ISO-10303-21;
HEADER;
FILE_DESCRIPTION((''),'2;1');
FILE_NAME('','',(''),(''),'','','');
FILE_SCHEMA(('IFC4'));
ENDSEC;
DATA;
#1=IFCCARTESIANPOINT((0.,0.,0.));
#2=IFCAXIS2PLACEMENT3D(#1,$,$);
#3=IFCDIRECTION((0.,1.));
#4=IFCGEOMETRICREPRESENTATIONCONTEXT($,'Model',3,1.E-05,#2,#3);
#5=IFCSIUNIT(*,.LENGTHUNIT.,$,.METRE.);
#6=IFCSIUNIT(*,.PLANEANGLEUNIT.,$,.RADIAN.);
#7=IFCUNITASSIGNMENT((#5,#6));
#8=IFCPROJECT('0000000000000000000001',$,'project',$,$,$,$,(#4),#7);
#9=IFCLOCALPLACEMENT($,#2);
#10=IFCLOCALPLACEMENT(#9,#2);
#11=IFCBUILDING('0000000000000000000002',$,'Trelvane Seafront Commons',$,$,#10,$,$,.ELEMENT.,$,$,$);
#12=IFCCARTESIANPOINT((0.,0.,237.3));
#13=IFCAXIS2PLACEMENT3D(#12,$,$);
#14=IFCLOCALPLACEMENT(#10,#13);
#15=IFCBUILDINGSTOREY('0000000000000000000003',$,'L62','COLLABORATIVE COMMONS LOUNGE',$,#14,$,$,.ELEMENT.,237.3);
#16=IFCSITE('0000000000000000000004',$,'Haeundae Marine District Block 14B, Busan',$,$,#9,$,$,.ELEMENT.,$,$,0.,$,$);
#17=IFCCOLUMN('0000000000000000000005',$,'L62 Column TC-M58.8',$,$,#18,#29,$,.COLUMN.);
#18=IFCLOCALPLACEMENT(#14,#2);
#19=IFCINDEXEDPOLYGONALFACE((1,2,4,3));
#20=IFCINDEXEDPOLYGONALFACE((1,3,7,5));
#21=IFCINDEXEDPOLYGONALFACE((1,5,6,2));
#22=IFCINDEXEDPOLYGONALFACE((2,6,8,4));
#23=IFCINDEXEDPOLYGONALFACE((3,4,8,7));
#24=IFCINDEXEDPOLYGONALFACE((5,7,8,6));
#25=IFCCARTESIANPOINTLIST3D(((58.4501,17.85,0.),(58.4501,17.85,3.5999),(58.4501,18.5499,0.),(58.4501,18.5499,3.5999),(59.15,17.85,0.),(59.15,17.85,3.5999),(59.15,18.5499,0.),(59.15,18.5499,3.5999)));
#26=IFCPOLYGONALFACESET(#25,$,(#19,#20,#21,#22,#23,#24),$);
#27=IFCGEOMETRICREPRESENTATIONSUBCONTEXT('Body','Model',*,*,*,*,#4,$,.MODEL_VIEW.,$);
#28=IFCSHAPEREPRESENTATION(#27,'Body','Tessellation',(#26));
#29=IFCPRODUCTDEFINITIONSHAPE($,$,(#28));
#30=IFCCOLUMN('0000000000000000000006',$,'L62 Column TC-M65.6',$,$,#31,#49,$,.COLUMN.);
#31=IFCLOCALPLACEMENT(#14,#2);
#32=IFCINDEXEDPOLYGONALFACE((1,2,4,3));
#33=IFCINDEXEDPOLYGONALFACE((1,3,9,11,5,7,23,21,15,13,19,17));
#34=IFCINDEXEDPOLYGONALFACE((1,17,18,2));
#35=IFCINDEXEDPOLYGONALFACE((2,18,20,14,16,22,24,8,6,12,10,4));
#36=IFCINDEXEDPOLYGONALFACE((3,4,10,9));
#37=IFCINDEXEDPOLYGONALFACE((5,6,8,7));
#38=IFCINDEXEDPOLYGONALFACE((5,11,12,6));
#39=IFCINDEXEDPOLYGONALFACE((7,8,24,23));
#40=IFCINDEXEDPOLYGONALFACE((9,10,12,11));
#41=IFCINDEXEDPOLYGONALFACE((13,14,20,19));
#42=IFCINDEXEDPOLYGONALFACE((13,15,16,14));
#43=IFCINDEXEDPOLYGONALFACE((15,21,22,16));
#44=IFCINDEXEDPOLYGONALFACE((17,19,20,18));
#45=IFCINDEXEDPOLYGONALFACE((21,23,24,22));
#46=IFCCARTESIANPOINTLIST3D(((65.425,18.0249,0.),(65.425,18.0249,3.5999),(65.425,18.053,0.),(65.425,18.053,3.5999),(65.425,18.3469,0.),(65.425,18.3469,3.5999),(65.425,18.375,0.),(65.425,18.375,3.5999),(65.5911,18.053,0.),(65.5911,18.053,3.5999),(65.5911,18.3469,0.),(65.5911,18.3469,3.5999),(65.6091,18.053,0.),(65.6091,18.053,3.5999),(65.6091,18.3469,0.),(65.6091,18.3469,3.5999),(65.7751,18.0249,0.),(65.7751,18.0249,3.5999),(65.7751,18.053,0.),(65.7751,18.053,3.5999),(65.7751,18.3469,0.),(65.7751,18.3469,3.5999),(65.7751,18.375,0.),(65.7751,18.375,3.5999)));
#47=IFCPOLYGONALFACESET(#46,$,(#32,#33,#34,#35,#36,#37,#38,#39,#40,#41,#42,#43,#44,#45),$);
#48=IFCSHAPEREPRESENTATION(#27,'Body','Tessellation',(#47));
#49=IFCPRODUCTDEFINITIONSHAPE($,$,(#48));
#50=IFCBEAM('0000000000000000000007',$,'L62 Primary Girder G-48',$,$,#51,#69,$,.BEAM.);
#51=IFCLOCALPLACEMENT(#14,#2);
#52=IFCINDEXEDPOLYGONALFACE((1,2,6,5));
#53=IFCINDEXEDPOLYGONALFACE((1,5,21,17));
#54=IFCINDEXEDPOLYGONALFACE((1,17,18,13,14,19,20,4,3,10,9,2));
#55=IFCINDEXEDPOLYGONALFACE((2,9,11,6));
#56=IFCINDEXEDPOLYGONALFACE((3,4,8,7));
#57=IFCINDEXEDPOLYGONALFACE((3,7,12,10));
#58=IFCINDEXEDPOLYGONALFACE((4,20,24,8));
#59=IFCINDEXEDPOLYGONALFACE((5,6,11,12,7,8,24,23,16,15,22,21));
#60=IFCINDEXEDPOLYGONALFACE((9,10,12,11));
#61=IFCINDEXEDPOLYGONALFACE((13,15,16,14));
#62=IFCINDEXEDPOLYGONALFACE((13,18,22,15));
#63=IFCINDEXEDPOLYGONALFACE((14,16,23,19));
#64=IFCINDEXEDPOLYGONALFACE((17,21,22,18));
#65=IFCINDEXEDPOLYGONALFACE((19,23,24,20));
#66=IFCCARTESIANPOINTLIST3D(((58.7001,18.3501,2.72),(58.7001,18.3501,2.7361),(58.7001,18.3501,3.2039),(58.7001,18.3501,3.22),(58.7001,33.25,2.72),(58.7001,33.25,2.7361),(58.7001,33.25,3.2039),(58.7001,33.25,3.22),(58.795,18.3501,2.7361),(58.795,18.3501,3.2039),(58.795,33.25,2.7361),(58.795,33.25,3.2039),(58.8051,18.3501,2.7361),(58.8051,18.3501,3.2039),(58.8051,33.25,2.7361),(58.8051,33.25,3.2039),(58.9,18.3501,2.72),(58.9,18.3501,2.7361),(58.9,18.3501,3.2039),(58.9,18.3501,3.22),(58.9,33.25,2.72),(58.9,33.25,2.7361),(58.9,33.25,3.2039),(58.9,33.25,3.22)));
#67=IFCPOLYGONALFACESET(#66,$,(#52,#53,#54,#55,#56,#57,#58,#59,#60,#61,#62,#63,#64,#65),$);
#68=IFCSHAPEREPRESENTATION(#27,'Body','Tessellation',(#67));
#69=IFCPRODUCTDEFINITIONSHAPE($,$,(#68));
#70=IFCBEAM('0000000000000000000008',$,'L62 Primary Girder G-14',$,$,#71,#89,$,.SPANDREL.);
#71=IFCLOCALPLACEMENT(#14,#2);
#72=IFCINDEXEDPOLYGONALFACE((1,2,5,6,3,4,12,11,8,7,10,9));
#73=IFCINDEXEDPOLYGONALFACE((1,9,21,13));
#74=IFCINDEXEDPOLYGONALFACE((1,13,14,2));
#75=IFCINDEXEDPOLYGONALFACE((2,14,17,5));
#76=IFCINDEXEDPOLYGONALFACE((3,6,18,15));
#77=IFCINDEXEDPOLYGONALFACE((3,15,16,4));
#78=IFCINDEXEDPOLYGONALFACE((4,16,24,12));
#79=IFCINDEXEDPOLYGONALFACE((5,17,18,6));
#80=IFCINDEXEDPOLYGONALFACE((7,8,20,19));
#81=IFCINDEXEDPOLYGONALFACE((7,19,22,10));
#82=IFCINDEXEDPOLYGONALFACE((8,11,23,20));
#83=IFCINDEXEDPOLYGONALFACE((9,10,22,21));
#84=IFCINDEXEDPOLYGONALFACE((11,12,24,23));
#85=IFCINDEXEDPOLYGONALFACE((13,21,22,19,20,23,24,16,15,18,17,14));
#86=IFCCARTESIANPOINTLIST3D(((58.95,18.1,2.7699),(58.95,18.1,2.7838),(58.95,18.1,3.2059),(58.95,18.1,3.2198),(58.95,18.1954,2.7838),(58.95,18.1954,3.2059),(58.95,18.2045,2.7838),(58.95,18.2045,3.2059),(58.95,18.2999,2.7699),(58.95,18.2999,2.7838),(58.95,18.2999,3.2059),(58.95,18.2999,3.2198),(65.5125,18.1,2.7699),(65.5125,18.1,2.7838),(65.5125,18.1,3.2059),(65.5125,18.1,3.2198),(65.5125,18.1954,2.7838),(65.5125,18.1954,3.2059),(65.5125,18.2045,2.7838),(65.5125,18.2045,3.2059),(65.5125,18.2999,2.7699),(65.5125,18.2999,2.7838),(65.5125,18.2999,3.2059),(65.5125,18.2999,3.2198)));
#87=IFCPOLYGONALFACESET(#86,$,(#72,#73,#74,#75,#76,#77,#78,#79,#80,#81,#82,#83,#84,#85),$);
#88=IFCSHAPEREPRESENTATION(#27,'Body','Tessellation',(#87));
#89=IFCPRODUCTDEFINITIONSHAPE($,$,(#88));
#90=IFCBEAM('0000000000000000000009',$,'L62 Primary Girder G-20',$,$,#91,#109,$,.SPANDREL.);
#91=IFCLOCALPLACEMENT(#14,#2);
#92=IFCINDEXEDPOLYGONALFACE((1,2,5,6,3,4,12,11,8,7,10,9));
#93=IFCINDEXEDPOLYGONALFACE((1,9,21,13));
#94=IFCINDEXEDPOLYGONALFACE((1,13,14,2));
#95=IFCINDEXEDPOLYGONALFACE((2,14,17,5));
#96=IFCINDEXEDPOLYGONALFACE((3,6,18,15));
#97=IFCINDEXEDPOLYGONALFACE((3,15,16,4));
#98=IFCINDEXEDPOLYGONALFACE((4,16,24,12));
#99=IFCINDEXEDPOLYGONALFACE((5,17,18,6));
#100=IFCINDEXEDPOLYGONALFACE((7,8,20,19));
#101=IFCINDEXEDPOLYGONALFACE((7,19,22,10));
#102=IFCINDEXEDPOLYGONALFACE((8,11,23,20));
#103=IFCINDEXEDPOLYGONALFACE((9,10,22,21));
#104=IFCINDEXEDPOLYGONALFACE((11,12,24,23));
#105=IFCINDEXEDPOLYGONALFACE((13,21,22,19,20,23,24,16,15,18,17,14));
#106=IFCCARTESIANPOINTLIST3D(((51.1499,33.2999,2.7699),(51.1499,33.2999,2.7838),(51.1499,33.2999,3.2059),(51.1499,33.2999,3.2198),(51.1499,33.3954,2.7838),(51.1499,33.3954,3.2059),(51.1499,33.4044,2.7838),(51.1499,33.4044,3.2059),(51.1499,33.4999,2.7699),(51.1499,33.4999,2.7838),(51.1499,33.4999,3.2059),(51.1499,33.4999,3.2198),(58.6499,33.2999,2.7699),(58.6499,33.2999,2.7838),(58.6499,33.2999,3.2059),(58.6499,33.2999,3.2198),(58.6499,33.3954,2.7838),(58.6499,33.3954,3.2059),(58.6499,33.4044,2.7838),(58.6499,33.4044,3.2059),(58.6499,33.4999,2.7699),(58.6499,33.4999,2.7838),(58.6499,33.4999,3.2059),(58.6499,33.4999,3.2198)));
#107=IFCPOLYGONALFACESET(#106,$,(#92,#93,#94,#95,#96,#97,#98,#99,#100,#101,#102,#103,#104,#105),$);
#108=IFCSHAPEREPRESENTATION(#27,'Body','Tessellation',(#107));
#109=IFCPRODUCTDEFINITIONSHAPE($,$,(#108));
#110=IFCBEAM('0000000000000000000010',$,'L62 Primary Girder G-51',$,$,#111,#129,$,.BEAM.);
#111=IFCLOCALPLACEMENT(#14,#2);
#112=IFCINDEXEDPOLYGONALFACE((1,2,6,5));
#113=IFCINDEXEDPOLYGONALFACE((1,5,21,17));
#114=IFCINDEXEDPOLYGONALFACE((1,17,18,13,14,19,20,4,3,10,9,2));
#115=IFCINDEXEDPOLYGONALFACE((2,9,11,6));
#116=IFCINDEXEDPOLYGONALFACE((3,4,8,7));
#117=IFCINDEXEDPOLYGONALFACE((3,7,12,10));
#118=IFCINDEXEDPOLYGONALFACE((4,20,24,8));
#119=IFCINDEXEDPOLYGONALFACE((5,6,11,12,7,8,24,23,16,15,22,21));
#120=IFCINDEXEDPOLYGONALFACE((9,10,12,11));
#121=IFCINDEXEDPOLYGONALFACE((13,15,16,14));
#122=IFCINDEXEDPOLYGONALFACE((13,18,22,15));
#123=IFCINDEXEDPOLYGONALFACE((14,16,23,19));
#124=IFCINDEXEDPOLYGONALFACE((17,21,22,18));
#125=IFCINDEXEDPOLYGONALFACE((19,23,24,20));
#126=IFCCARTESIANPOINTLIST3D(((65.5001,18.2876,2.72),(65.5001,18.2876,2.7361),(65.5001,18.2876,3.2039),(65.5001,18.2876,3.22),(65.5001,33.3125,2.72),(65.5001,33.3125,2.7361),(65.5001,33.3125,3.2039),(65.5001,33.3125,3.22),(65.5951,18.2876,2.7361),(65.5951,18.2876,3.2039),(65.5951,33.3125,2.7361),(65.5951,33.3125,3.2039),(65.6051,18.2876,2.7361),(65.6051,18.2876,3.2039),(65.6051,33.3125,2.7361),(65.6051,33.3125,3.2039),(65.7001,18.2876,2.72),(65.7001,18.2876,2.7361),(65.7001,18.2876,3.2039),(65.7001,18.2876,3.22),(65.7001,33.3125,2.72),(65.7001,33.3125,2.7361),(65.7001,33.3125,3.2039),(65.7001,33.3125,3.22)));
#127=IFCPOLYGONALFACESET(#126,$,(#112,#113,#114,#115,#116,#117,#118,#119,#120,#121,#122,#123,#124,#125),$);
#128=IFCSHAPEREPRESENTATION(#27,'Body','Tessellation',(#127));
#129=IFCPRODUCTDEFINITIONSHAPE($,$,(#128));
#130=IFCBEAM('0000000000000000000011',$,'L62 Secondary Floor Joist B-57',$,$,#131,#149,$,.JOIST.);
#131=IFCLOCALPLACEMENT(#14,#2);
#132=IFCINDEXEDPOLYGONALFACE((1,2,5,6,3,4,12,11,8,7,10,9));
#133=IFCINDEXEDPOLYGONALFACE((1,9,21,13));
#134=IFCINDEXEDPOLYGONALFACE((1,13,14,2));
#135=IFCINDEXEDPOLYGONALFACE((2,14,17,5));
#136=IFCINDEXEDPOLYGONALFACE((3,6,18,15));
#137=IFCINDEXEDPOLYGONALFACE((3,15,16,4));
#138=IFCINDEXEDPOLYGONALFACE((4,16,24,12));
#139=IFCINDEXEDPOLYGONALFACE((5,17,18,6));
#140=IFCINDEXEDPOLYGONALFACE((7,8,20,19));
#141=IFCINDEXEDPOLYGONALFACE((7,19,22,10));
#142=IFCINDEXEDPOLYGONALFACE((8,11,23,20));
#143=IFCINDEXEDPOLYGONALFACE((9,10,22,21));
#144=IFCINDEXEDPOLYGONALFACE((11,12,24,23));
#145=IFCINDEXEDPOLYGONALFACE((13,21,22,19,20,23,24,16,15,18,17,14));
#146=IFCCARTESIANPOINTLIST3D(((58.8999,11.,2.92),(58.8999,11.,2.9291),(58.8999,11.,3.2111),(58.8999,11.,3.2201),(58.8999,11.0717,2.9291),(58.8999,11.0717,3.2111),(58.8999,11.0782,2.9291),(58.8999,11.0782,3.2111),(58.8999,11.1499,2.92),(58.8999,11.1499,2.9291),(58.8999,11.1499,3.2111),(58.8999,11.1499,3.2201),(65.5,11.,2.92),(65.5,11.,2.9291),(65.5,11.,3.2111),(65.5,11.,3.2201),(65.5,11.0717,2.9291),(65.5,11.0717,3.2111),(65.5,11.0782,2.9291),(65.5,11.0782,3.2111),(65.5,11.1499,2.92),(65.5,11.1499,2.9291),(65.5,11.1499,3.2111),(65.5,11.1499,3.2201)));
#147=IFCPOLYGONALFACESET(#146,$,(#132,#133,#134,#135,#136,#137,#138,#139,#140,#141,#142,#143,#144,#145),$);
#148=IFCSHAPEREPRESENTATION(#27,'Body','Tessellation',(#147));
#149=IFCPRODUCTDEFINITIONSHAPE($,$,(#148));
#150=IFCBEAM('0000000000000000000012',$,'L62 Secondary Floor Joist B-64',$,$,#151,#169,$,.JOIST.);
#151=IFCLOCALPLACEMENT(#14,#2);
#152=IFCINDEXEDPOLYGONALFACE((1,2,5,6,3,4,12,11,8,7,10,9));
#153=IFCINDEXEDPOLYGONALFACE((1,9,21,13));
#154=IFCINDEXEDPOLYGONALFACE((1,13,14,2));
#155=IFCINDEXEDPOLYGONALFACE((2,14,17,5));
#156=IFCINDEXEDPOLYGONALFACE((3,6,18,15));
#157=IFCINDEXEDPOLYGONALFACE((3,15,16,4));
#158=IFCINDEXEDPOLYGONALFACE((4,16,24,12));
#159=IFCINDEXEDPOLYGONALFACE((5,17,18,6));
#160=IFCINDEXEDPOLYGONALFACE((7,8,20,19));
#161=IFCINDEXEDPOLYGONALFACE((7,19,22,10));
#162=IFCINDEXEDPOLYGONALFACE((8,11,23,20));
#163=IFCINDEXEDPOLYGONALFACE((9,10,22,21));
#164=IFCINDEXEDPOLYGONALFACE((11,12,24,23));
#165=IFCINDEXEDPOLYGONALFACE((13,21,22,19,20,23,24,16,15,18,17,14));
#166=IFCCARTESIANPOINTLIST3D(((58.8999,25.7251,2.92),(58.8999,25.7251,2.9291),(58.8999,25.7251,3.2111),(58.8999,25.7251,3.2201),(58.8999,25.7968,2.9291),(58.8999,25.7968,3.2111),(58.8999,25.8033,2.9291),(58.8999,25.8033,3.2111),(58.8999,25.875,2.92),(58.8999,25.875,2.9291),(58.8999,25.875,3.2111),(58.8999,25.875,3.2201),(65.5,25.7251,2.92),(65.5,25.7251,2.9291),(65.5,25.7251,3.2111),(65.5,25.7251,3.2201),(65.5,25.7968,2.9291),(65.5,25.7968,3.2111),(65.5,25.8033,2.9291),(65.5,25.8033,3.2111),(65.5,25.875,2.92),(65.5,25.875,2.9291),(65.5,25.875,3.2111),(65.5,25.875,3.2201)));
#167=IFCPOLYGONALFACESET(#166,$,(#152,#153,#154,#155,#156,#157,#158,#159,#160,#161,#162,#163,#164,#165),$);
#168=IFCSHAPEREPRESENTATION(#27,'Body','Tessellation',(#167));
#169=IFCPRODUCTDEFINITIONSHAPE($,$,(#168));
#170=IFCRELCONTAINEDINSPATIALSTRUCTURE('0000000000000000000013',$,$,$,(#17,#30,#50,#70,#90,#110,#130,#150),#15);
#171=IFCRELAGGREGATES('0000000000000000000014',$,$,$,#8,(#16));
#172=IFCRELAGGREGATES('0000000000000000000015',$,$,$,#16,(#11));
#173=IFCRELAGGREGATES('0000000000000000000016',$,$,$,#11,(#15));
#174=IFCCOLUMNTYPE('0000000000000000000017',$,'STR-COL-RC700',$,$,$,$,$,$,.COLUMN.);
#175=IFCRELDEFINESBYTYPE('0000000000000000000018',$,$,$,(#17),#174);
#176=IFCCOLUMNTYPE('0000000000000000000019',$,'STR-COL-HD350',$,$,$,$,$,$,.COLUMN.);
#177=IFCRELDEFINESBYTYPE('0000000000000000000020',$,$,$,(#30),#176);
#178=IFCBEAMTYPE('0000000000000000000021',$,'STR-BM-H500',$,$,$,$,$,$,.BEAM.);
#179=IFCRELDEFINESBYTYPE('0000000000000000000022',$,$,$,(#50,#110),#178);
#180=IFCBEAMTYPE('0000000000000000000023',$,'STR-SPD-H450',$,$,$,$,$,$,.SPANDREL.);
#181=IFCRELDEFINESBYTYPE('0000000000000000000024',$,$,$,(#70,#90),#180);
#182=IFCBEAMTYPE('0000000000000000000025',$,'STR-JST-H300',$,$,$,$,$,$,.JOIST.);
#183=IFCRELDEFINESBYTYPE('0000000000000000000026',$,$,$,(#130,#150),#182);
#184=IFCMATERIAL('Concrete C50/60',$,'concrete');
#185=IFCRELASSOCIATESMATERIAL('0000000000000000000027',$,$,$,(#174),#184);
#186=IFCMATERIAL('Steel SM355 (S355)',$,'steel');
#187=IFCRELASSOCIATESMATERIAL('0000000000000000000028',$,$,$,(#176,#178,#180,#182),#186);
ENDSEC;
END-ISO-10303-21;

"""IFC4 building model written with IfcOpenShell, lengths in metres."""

from ifc_helpers import new_model, si_unit, direction, frame, origin, origin_2d, place, context, subcontext, project, spatial, rectangle, i_section, extrude, source, transform, mapped, material, material_profile, profile_set, type_object, element, save


model = new_model("IFC4")

# Units and contexts
model_context = context("Model", 3, precision=1e-05, world=origin(), true_north=direction((0.0, 1.0)))
body_context = subcontext(model_context, "Body", "Model", "MODEL_VIEW")
ifc_project = project(units=[si_unit("LENGTHUNIT", "METRE"), si_unit("PLANEANGLEUNIT", "RADIAN")], contexts=[model_context])

# Site, building, storey
site_placement = place(None, origin())
site = spatial("IfcSite", under=ifc_project, at=site_placement, Name="Haeundae Marine District Block 14B, Busan", CompositionType="ELEMENT", RefElevation=0.0)
building_placement = place(site_placement, origin())
building = spatial("IfcBuilding", under=site, at=building_placement, Name="Trelvane Seafront Commons", CompositionType="ELEMENT")
storey_placement = place(building_placement, frame((0.0, 0.0, 237.3)))
storey = spatial("IfcBuildingStorey", under=building, at=storey_placement, Name="L62", Description="COLLABORATIVE COMMONS LOUNGE", CompositionType="ELEMENT", Elevation=237.3)

# Columns
ifc_material_1 = material(Name="Concrete C50/60", Category="concrete")
ifc_material_profile_1 = material_profile(ifc_material_1, rectangle(XDim=0.7, YDim=0.7, at=origin_2d()), Name="RC-700x700")
ifc_profile_set_1 = profile_set([ifc_material_profile_1], Name="Concrete C50/60")
column_type_1 = type_object("IfcColumnType", Name="STR-COL-RC700", PredefinedType="COLUMN", material=ifc_profile_set_1)
shared_shape_1 = source(origin(), body_context, "Body", "SweptSolid", [
    extrude(rectangle(XDim=0.7, YDim=0.7, at=origin_2d()), origin(), (0.0, 0.0, 1.0), 3.5999),
])
column_1_placement = place(storey_placement, frame((58.8, 18.2, 0.0), z_axis=(0.0, 0.0, 1.0), x_axis=(1.0, 0.0, 0.0)))
element("IfcColumn", 1, at=column_1_placement, inside=storey, type_object=column_type_1, Name="L62 Column TC-M58.8", PredefinedType="COLUMN", context=body_context, shape_type="MappedRepresentation", body=[
    mapped(shared_shape_1, transform((0.0, 0.0, 0.0), x_axis=(1.0, 0.0, 0.0), y_axis=(0.0, 1.0, 0.0), z_axis=(0.0, 0.0, 1.0), scale=1.0)),
])
ifc_material_2 = material(Name="Steel SM355 (S355)", Category="steel")
ifc_material_profile_2 = material_profile(ifc_material_2, i_section(OverallWidth=0.3501, OverallDepth=0.3501, WebThickness=0.0181, FlangeThickness=0.0281, at=origin_2d()), Name="HD-350x350x18x28")
ifc_profile_set_2 = profile_set([ifc_material_profile_2], Name="Steel SM355 (S355)")
column_type_2 = type_object("IfcColumnType", Name="STR-COL-HD350", PredefinedType="COLUMN", material=ifc_profile_set_2)
shared_shape_2 = source(origin(), body_context, "Body", "SweptSolid", [
    extrude(i_section(OverallWidth=0.3501, OverallDepth=0.3501, WebThickness=0.0181, FlangeThickness=0.0281, at=origin_2d()), origin(), (0.0, 0.0, 1.0), 3.5999),
])
column_2_placement = place(storey_placement, frame((65.6001, 18.2, 0.0), z_axis=(0.0, 0.0, 1.0), x_axis=(1.0, 0.0, 0.0)))
element("IfcColumn", 2, at=column_2_placement, inside=storey, type_object=column_type_2, Name="L62 Column TC-M65.6", PredefinedType="COLUMN", context=body_context, shape_type="MappedRepresentation", body=[
    mapped(shared_shape_2, transform((0.0, 0.0, 0.0), x_axis=(1.0, 0.0, 0.0), y_axis=(0.0, 1.0, 0.0), z_axis=(0.0, 0.0, 1.0), scale=1.0)),
])

# Beams
ifc_material_profile_3 = material_profile(ifc_material_2, i_section(OverallWidth=0.2, OverallDepth=0.5, WebThickness=0.01, FlangeThickness=0.0161, at=origin_2d()), Name="H-500x200x10x16")
ifc_profile_set_3 = profile_set([ifc_material_profile_3], Name="Steel SM355 (S355)")
beam_type_1 = type_object("IfcBeamType", Name="STR-BM-H500", PredefinedType="BEAM", material=ifc_profile_set_3)
shared_shape_3 = source(origin(), body_context, "Body", "SweptSolid", [
    extrude(i_section(OverallWidth=0.2, OverallDepth=0.5, WebThickness=0.01, FlangeThickness=0.0161, at=origin_2d()), origin(), (0.0, 0.0, 1.0), 14.8999),
])
beam_1_placement = place(storey_placement, frame((58.8, 18.3501, 2.97), z_axis=(0.0, 1.0, 0.0), x_axis=(-1.0, 0.0, 0.0)))
element("IfcBeam", 3, at=beam_1_placement, inside=storey, type_object=beam_type_1, Name="L62 Primary Girder G-48", PredefinedType="BEAM", context=body_context, shape_type="MappedRepresentation", body=[
    mapped(shared_shape_3, transform((0.0, 0.0, 0.0), x_axis=(1.0, 0.0, 0.0), y_axis=(0.0, 1.0, 0.0), z_axis=(0.0, 0.0, 1.0), scale=1.0)),
])
ifc_material_profile_4 = material_profile(ifc_material_2, i_section(OverallWidth=0.2, OverallDepth=0.45, WebThickness=0.009, FlangeThickness=0.0139, at=origin_2d()), Name="H-450x200x9x14")
ifc_profile_set_4 = profile_set([ifc_material_profile_4], Name="Steel SM355 (S355)")
beam_type_2 = type_object("IfcBeamType", Name="STR-SPD-H450", PredefinedType="SPANDREL", material=ifc_profile_set_4)
shared_shape_4 = source(origin(), body_context, "Body", "SweptSolid", [
    extrude(i_section(OverallWidth=0.2, OverallDepth=0.45, WebThickness=0.009, FlangeThickness=0.0139, at=origin_2d()), origin(), (0.0, 0.0, 1.0), 6.5625),
])
beam_2_placement = place(storey_placement, frame((58.95, 18.2, 2.9949), z_axis=(1.0, 0.0, 0.0), x_axis=(0.0, 1.0, 0.0)))
element("IfcBeam", 4, at=beam_2_placement, inside=storey, type_object=beam_type_2, Name="L62 Primary Girder G-14", PredefinedType="SPANDREL", context=body_context, shape_type="MappedRepresentation", body=[
    mapped(shared_shape_4, transform((0.0, 0.0, 0.0), x_axis=(1.0, 0.0, 0.0), y_axis=(0.0, 1.0, 0.0), z_axis=(0.0, 0.0, 1.0), scale=1.0)),
])
shared_shape_5 = source(origin(), body_context, "Body", "SweptSolid", [
    extrude(i_section(OverallWidth=0.2, OverallDepth=0.45, WebThickness=0.009, FlangeThickness=0.0139, at=origin_2d()), origin(), (0.0, 0.0, 1.0), 7.5),
])
beam_3_placement = place(storey_placement, frame((51.1499, 33.3999, 2.9949), z_axis=(1.0, 0.0, 0.0), x_axis=(0.0, 1.0, 0.0)))
element("IfcBeam", 5, at=beam_3_placement, inside=storey, type_object=beam_type_2, Name="L62 Primary Girder G-20", PredefinedType="SPANDREL", context=body_context, shape_type="MappedRepresentation", body=[
    mapped(shared_shape_5, transform((0.0, 0.0, 0.0), x_axis=(1.0, 0.0, 0.0), y_axis=(0.0, 1.0, 0.0), z_axis=(0.0, 0.0, 1.0), scale=1.0)),
])
shared_shape_6 = source(origin(), body_context, "Body", "SweptSolid", [
    extrude(i_section(OverallWidth=0.2, OverallDepth=0.5, WebThickness=0.01, FlangeThickness=0.0161, at=origin_2d()), origin(), (0.0, 0.0, 1.0), 15.0249),
])
beam_4_placement = place(storey_placement, frame((65.6001, 18.2876, 2.97), z_axis=(0.0, 1.0, 0.0), x_axis=(-1.0, 0.0, 0.0)))
element("IfcBeam", 6, at=beam_4_placement, inside=storey, type_object=beam_type_1, Name="L62 Primary Girder G-51", PredefinedType="BEAM", context=body_context, shape_type="MappedRepresentation", body=[
    mapped(shared_shape_6, transform((0.0, 0.0, 0.0), x_axis=(1.0, 0.0, 0.0), y_axis=(0.0, 1.0, 0.0), z_axis=(0.0, 0.0, 1.0), scale=1.0)),
])
ifc_material_profile_5 = material_profile(ifc_material_2, i_section(OverallWidth=0.1499, OverallDepth=0.3, WebThickness=0.0066, FlangeThickness=0.009, at=origin_2d()), Name="H-300x150x6.5x9")
ifc_profile_set_5 = profile_set([ifc_material_profile_5], Name="Steel SM355 (S355)")
beam_type_3 = type_object("IfcBeamType", Name="STR-JST-H300", PredefinedType="JOIST", material=ifc_profile_set_5)
shared_shape_7 = source(origin(), body_context, "Body", "SweptSolid", [
    extrude(i_section(OverallWidth=0.1499, OverallDepth=0.3, WebThickness=0.0066, FlangeThickness=0.009, at=origin_2d()), origin(), (0.0, 0.0, 1.0), 6.6001),
])
for number, where, z_axis, x_axis, name in (
    (7, (58.8999, 11.075, 3.0701), (1.0, 0.0, 0.0), (0.0, 1.0, 0.0), "L62 Secondary Floor Joist B-57"),
    (8, (58.8999, 25.8, 3.0701), (1.0, 0.0, 0.0), (0.0, 1.0, 0.0), "L62 Secondary Floor Joist B-64"),
):
    element("IfcBeam", number, at=place(storey_placement, frame(where, z_axis=z_axis, x_axis=x_axis)), inside=storey, type_object=beam_type_3, Name=name, PredefinedType="JOIST", context=body_context, shape_type="MappedRepresentation", body=[
        mapped(shared_shape_7, transform((0.0, 0.0, 0.0), x_axis=(1.0, 0.0, 0.0), y_axis=(0.0, 1.0, 0.0), z_axis=(0.0, 0.0, 1.0), scale=1.0)),
    ])

save(model, "model.ifc")
